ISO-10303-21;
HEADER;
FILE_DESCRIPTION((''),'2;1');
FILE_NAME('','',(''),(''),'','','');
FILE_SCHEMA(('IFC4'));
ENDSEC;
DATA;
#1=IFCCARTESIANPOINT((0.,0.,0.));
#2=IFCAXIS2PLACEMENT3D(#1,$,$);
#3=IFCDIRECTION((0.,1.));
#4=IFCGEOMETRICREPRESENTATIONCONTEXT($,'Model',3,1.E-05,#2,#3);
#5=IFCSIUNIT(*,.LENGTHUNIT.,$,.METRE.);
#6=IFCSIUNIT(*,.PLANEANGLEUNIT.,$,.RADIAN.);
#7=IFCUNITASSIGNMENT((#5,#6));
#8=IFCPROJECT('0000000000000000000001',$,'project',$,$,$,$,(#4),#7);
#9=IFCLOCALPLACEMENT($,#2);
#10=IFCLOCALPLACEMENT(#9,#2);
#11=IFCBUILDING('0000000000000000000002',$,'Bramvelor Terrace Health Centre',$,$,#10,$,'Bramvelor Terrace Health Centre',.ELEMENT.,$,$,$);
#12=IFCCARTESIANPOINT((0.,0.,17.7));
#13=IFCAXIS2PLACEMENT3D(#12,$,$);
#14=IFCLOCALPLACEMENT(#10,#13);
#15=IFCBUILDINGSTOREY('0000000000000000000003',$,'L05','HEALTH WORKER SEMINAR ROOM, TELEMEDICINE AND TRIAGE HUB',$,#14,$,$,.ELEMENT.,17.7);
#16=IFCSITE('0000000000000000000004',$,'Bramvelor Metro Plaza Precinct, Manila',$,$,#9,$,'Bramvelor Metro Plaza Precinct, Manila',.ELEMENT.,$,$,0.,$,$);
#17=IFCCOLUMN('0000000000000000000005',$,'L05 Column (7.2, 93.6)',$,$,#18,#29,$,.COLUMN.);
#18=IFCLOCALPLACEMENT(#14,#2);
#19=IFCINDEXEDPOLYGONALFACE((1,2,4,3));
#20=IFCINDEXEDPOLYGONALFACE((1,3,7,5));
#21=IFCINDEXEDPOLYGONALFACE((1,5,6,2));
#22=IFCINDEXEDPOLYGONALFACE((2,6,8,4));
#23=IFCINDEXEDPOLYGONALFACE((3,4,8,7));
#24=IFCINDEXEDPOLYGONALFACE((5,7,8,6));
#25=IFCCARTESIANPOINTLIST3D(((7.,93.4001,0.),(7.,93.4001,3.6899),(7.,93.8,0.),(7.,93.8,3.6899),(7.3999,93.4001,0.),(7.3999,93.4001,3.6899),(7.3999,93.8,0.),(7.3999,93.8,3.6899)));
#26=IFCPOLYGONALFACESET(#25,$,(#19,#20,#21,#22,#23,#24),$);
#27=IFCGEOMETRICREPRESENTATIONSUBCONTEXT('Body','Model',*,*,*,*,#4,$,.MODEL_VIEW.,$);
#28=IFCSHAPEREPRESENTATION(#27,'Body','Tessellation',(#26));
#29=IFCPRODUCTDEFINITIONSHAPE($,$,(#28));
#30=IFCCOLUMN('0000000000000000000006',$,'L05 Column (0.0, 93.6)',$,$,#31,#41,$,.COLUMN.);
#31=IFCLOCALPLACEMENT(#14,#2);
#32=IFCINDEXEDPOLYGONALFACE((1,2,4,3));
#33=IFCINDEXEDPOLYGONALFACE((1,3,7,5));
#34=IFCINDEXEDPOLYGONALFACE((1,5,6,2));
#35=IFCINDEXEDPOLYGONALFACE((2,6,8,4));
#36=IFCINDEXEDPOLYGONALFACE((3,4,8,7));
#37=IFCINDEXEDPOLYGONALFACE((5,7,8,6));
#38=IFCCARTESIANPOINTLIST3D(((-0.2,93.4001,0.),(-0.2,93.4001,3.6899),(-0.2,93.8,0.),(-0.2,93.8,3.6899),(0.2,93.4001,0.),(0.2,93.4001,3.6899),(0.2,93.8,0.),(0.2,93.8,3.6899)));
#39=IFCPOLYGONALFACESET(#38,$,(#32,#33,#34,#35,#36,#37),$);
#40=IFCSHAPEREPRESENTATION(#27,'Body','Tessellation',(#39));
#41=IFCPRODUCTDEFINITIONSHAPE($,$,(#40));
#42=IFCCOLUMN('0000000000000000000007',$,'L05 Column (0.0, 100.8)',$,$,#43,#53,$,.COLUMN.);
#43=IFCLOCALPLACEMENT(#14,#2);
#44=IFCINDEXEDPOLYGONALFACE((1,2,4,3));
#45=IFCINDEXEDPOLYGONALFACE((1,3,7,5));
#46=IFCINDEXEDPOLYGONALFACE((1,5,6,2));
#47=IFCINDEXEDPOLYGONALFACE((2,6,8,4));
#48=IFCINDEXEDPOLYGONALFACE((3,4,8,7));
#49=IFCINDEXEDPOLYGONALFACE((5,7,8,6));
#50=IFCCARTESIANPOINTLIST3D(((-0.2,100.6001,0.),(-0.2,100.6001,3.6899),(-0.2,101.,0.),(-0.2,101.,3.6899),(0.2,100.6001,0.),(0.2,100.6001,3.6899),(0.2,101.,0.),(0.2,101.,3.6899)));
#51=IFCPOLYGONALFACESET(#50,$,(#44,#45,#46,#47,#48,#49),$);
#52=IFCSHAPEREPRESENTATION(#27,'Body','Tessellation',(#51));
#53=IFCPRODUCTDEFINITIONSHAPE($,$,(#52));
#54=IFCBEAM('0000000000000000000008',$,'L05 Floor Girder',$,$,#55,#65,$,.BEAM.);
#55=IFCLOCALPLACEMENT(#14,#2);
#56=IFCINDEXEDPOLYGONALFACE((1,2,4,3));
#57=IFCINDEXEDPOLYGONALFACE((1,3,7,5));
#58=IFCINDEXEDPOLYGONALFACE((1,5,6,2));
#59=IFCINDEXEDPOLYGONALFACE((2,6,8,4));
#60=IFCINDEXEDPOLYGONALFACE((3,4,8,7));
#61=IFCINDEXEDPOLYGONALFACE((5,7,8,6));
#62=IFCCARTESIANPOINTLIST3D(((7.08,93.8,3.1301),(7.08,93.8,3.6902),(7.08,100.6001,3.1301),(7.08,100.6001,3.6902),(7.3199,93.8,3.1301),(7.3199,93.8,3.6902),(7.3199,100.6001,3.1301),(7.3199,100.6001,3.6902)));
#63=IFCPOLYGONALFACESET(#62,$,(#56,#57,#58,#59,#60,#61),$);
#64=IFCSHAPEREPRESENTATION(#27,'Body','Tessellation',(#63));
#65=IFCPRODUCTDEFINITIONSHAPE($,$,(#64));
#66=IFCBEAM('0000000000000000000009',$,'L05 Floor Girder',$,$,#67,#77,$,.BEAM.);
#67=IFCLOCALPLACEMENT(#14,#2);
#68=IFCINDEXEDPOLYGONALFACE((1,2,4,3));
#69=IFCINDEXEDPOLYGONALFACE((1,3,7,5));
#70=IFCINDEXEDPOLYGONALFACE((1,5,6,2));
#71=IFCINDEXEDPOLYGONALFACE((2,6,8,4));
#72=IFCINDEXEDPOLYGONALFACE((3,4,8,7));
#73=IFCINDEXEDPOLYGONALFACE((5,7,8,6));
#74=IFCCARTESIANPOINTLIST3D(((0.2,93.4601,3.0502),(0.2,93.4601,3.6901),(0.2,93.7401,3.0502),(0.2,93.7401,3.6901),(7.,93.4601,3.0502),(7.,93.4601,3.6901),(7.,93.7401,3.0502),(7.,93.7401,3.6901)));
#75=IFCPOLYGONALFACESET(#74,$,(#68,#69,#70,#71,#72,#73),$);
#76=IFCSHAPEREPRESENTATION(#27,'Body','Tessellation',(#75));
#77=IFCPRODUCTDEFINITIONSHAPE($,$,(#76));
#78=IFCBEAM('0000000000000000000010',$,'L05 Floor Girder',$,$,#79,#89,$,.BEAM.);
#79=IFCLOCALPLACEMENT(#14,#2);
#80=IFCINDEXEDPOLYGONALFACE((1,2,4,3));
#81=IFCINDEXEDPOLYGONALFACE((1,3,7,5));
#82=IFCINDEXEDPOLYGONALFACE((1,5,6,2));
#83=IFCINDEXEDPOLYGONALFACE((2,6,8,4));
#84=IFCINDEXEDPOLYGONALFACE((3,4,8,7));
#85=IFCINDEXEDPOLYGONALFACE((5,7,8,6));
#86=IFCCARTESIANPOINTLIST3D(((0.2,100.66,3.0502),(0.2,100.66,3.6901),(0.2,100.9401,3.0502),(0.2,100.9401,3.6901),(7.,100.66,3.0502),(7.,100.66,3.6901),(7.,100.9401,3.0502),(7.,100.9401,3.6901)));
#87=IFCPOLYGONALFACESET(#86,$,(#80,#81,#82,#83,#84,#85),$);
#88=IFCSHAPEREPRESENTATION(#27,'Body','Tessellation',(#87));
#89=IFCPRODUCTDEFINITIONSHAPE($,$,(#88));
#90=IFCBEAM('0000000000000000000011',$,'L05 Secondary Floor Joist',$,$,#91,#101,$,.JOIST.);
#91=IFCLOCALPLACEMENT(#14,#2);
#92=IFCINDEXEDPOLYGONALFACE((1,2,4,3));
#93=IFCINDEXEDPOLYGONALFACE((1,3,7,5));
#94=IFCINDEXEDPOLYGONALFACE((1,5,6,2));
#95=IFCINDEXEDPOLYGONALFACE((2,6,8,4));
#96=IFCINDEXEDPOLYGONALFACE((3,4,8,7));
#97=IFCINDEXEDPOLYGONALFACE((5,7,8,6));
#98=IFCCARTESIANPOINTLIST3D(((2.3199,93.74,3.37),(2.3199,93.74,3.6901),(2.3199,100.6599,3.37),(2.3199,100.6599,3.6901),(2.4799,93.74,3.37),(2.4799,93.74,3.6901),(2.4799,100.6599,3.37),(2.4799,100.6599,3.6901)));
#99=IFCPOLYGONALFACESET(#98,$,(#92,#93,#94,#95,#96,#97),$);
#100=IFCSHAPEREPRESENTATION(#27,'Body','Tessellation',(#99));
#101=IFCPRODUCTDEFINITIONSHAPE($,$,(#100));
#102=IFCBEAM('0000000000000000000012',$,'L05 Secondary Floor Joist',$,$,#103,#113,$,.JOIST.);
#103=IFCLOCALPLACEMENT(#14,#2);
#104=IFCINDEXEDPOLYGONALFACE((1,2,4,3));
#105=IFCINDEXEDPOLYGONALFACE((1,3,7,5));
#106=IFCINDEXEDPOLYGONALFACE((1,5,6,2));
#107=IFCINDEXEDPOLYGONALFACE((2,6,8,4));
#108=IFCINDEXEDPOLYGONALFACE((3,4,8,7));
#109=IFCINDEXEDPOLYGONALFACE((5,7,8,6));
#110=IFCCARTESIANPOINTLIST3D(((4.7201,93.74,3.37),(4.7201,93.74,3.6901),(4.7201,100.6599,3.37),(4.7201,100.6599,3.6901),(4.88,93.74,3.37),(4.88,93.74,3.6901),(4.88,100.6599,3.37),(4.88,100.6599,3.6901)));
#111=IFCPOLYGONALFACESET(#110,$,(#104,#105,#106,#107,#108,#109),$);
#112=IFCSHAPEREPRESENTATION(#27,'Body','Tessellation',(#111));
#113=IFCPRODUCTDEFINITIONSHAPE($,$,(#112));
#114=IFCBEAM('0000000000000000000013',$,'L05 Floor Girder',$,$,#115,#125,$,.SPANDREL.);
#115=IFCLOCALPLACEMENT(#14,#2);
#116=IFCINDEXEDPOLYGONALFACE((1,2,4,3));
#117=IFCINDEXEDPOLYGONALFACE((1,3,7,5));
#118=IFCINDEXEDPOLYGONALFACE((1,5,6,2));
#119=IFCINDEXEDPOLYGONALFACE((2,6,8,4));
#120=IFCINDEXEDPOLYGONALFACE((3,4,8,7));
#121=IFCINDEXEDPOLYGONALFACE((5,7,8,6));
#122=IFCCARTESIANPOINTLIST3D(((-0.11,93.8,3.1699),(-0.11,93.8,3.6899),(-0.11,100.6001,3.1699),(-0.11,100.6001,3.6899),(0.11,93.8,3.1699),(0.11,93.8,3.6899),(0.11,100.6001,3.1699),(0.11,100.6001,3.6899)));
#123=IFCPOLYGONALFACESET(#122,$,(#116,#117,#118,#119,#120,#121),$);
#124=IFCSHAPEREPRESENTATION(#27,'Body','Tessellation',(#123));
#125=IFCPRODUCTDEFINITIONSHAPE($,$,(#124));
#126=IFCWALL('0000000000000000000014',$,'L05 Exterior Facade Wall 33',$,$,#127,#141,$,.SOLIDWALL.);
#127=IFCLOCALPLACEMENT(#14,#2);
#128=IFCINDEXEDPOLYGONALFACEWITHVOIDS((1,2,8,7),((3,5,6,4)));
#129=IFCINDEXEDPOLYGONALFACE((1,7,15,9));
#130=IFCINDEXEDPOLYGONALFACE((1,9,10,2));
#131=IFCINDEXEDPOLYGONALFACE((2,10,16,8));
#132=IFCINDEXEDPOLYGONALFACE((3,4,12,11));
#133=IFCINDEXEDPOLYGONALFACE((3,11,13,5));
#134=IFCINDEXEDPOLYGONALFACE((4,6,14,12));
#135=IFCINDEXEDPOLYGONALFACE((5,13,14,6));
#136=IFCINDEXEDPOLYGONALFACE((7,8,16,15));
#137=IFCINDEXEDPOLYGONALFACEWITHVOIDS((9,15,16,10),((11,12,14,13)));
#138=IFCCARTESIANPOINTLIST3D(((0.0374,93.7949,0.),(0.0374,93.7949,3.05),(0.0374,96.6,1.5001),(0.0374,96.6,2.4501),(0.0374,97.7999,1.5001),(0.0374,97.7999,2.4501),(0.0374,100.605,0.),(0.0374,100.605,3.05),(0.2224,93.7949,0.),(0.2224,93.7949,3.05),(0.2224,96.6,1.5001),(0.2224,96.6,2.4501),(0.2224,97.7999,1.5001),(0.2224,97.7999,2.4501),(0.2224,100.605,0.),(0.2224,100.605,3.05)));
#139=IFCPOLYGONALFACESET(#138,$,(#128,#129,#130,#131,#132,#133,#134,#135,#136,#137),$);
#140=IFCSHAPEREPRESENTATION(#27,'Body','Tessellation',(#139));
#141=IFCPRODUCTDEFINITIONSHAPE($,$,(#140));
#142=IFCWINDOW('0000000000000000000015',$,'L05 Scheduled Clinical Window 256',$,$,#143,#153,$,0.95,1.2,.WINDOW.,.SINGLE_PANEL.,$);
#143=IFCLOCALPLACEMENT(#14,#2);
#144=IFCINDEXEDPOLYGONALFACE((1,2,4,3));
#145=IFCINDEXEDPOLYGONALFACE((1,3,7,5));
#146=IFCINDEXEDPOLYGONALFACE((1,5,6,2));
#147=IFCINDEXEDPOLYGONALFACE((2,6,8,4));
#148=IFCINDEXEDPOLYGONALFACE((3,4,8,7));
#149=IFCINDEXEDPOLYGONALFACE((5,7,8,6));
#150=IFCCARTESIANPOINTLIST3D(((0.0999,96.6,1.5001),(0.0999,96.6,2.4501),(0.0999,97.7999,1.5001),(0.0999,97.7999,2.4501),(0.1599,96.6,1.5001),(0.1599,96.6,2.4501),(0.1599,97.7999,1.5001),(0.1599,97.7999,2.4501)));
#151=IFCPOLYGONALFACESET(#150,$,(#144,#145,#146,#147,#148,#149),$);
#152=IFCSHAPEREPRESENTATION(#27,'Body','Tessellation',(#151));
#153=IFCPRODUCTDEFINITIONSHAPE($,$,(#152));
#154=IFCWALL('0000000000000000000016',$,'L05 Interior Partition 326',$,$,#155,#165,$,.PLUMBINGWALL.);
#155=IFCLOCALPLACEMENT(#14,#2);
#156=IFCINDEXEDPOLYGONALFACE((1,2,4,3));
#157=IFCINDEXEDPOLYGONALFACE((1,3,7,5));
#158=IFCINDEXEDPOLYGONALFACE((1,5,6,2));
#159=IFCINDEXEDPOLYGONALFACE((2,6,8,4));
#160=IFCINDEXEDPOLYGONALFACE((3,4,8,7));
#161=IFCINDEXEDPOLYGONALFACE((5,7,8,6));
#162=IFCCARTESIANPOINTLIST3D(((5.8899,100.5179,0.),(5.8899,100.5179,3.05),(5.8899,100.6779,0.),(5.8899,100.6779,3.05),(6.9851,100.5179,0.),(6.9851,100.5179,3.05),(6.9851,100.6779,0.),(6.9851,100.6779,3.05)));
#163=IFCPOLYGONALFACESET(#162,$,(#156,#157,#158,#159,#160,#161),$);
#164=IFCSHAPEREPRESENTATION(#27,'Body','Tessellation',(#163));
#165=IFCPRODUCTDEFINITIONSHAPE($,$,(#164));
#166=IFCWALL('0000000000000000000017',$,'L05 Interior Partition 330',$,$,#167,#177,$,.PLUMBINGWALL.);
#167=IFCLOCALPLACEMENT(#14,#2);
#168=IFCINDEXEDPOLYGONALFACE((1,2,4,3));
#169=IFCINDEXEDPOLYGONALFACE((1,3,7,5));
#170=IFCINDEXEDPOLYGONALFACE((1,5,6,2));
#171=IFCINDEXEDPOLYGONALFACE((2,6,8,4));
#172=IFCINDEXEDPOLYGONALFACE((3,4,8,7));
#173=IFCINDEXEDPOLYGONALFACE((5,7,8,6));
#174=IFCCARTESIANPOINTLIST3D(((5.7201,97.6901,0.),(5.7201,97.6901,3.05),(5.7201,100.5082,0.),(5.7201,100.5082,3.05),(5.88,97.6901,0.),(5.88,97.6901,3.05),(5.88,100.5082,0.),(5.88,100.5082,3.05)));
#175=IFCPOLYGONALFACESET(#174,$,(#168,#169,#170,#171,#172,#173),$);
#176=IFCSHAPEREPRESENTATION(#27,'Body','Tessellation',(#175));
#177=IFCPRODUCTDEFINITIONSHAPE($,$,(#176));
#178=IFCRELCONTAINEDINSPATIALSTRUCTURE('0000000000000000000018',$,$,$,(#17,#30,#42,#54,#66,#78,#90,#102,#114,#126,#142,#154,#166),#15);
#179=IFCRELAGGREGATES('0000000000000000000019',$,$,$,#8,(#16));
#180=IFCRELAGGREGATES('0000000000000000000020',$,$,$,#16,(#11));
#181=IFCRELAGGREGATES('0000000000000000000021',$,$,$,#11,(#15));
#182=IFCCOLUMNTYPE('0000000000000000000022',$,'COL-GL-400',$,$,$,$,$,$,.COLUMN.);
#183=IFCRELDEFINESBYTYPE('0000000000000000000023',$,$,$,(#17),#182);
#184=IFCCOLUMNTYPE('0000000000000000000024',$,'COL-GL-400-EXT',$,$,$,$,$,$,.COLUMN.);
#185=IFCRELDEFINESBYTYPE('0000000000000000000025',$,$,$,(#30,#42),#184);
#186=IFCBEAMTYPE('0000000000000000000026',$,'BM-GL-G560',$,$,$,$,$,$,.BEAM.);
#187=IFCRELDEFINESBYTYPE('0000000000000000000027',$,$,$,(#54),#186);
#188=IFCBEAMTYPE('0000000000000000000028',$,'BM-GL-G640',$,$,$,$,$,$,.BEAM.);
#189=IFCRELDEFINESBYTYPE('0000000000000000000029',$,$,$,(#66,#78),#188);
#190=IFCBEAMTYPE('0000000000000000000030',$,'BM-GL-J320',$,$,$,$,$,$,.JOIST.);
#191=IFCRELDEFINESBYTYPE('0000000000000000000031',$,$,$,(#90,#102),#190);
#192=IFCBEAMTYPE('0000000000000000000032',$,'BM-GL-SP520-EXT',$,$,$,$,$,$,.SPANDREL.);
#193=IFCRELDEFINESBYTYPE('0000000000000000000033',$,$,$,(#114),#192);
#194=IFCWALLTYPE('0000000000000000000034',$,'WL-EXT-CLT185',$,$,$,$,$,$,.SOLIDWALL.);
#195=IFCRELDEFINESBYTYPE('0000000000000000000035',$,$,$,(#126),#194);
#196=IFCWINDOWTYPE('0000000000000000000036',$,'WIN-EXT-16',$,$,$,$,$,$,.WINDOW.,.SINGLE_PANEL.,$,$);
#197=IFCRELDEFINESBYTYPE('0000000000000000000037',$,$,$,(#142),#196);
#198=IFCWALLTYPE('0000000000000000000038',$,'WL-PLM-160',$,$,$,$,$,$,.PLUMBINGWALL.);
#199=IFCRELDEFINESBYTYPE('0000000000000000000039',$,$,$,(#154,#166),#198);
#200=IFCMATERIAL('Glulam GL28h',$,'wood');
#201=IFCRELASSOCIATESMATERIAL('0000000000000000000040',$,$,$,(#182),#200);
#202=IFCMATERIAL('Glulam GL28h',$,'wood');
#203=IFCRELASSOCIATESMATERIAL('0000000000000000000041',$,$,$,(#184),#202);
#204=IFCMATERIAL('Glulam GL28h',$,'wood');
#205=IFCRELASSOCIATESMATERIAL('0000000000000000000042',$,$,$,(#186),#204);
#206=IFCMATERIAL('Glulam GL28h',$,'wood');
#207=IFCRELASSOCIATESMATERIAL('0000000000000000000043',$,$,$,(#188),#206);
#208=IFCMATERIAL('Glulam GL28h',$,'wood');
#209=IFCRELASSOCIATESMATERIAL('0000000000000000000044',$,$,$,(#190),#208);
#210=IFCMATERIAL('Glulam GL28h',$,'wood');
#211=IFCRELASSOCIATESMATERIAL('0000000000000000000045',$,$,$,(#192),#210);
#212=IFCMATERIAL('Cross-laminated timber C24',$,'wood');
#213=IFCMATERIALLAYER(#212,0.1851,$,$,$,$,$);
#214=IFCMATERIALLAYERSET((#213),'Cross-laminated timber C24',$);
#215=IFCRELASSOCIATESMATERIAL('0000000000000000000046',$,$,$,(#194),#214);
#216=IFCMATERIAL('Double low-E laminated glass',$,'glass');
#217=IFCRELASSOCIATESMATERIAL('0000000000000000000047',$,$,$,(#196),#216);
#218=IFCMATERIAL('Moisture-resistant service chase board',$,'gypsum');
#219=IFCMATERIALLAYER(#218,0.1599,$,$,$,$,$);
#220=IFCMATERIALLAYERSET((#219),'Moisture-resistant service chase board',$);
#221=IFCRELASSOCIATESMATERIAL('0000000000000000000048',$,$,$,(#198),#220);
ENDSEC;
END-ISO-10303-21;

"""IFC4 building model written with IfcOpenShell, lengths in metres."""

from ifc_helpers import new_model, si_unit, direction, frame, frame_2d, origin, origin_2d, place, context, subcontext, project, spatial, rectangle, extrude, material, layer, layer_set, material_profile, profile_set, type_object, element, fill, save


model = new_model("IFC4")

# Units and contexts
model_context = context("Model", 3, precision=1e-05, world=origin(), true_north=direction((0.0, 1.0)))
body_context = subcontext(model_context, "Body", "Model", "MODEL_VIEW")
ifc_project = project(units=[si_unit("LENGTHUNIT", "METRE"), si_unit("PLANEANGLEUNIT", "RADIAN")], contexts=[model_context])

# Site, building, storey
site_placement = place(None, origin())
site = spatial("IfcSite", under=ifc_project, at=site_placement, Name="Bramvelor Metro Plaza Precinct, Manila", LongName="Bramvelor Metro Plaza Precinct, Manila", CompositionType="ELEMENT", RefElevation=0.0)
building_placement = place(site_placement, origin())
building = spatial("IfcBuilding", under=site, at=building_placement, Name="Bramvelor Terrace Health Centre", LongName="Bramvelor Terrace Health Centre", CompositionType="ELEMENT")
storey_placement = place(building_placement, frame((0.0, 0.0, 17.7)))
storey = spatial("IfcBuildingStorey", under=building, at=storey_placement, Name="L05", Description="HEALTH WORKER SEMINAR ROOM, TELEMEDICINE AND TRIAGE HUB", CompositionType="ELEMENT", Elevation=17.7)

# Columns
ifc_material_1 = material(Name="Glulam GL28h", Category="wood")
ifc_material_profile_1 = material_profile(ifc_material_1, rectangle(XDim=0.3999, YDim=0.3999, at=origin_2d()), Name="GL 400x400")
ifc_profile_set_1 = profile_set([ifc_material_profile_1], Name="Glulam GL28h")
column_type_1 = type_object("IfcColumnType", Name="COL-GL-400", PredefinedType="COLUMN", material=ifc_profile_set_1)
column_placement = place(storey_placement, frame((7.2, 93.6001, 0.0), z_axis=(0.0, 0.0, 1.0), x_axis=(1.0, 0.0, 0.0)))
element("IfcColumn", 1, at=column_placement, inside=storey, type_object=column_type_1, Name="L05 Column (7.2, 93.6)", PredefinedType="COLUMN", context=body_context, shape_type="SweptSolid", body=[
    extrude(rectangle(XDim=0.3999, YDim=0.3999, at=origin_2d()), origin(), (0.0, 0.0, 1.0), 3.6899),
])
ifc_material_2 = material(Name="Glulam GL28h", Category="wood")
ifc_material_profile_2 = material_profile(ifc_material_2, rectangle(XDim=0.3999, YDim=0.3999, at=origin_2d()), Name="GL 400x400")
ifc_profile_set_2 = profile_set([ifc_material_profile_2], Name="Glulam GL28h")
column_type_2 = type_object("IfcColumnType", Name="COL-GL-400-EXT", PredefinedType="COLUMN", material=ifc_profile_set_2)
for number, where, z_axis, x_axis, name in (
    (2, (0.0, 93.6001, 0.0), (0.0, 0.0, 1.0), (1.0, 0.0, 0.0), "L05 Column (0.0, 93.6)"),
    (3, (0.0, 100.8, 0.0), (0.0, 0.0, 1.0), (1.0, 0.0, 0.0), "L05 Column (0.0, 100.8)"),
):
    element("IfcColumn", number, at=place(storey_placement, frame(where, z_axis=z_axis, x_axis=x_axis)), inside=storey, type_object=column_type_2, Name=name, PredefinedType="COLUMN", context=body_context, shape_type="SweptSolid", body=[
        extrude(rectangle(XDim=0.3999, YDim=0.3999, at=origin_2d()), origin(), (0.0, 0.0, 1.0), 3.6899),
    ])

# Beams
ifc_material_3 = material(Name="Glulam GL28h", Category="wood")
ifc_material_profile_3 = material_profile(ifc_material_3, rectangle(XDim=0.24, YDim=0.5601, at=origin_2d()), Name="GL 240x560")
ifc_profile_set_3 = profile_set([ifc_material_profile_3], Name="Glulam GL28h")
beam_type_1 = type_object("IfcBeamType", Name="BM-GL-G560", PredefinedType="BEAM", material=ifc_profile_set_3)
beam_1_placement = place(storey_placement, frame((7.2, 93.8, 3.4102), z_axis=(0.0, 1.0, 0.0), x_axis=(-1.0, 0.0, 0.0)))
element("IfcBeam", 4, at=beam_1_placement, inside=storey, type_object=beam_type_1, Name="L05 Floor Girder", PredefinedType="BEAM", context=body_context, shape_type="SweptSolid", body=[
    extrude(rectangle(XDim=0.24, YDim=0.5601, at=origin_2d()), origin(), (0.0, 0.0, 1.0), 6.8),
])
ifc_material_4 = material(Name="Glulam GL28h", Category="wood")
ifc_material_profile_4 = material_profile(ifc_material_4, rectangle(XDim=0.28, YDim=0.6399, at=origin_2d()), Name="GL 280x640")
ifc_profile_set_4 = profile_set([ifc_material_profile_4], Name="Glulam GL28h")
beam_type_2 = type_object("IfcBeamType", Name="BM-GL-G640", PredefinedType="BEAM", material=ifc_profile_set_4)
for number, where, z_axis, x_axis, name in (
    (5, (0.2, 93.6001, 3.3701), (1.0, 0.0, 0.0), (0.0, 1.0, 0.0), "L05 Floor Girder"),
    (6, (0.2, 100.8, 3.3701), (1.0, 0.0, 0.0), (0.0, 1.0, 0.0), "L05 Floor Girder"),
):
    element("IfcBeam", number, at=place(storey_placement, frame(where, z_axis=z_axis, x_axis=x_axis)), inside=storey, type_object=beam_type_2, Name=name, PredefinedType="BEAM", context=body_context, shape_type="SweptSolid", body=[
        extrude(rectangle(XDim=0.28, YDim=0.6399, at=origin_2d()), origin(), (0.0, 0.0, 1.0), 6.8),
    ])
ifc_material_5 = material(Name="Glulam GL28h", Category="wood")
ifc_material_profile_5 = material_profile(ifc_material_5, rectangle(XDim=0.1599, YDim=0.3201, at=origin_2d()), Name="GL 160x320")
ifc_profile_set_5 = profile_set([ifc_material_profile_5], Name="Glulam GL28h")
beam_type_3 = type_object("IfcBeamType", Name="BM-GL-J320", PredefinedType="JOIST", material=ifc_profile_set_5)
for number, where, z_axis, x_axis, name in (
    (7, (2.3999, 93.74, 3.53), (0.0, 1.0, 0.0), (-1.0, 0.0, 0.0), "L05 Secondary Floor Joist"),
    (8, (4.8, 93.74, 3.53), (0.0, 1.0, 0.0), (-1.0, 0.0, 0.0), "L05 Secondary Floor Joist"),
):
    element("IfcBeam", number, at=place(storey_placement, frame(where, z_axis=z_axis, x_axis=x_axis)), inside=storey, type_object=beam_type_3, Name=name, PredefinedType="JOIST", context=body_context, shape_type="SweptSolid", body=[
        extrude(rectangle(XDim=0.1599, YDim=0.3201, at=origin_2d()), origin(), (0.0, 0.0, 1.0), 6.9199),
    ])
ifc_material_6 = material(Name="Glulam GL28h", Category="wood")
ifc_material_profile_6 = material_profile(ifc_material_6, rectangle(XDim=0.22, YDim=0.52, at=origin_2d()), Name="GL 220x520")
ifc_profile_set_6 = profile_set([ifc_material_profile_6], Name="Glulam GL28h")
beam_type_4 = type_object("IfcBeamType", Name="BM-GL-SP520-EXT", PredefinedType="SPANDREL", material=ifc_profile_set_6)
beam_2_placement = place(storey_placement, frame((0.0, 93.8, 3.4299), z_axis=(0.0, 1.0, 0.0), x_axis=(-1.0, 0.0, 0.0)))
element("IfcBeam", 9, at=beam_2_placement, inside=storey, type_object=beam_type_4, Name="L05 Floor Girder", PredefinedType="SPANDREL", context=body_context, shape_type="SweptSolid", body=[
    extrude(rectangle(XDim=0.22, YDim=0.52, at=origin_2d()), origin(), (0.0, 0.0, 1.0), 6.8),
])

# Wall, opening, window
ifc_material_7 = material(Name="Cross-laminated timber C24", Category="wood")
ifc_layer_1 = layer(ifc_material_7, 0.1851)
ifc_layer_set_1 = layer_set([ifc_layer_1], Name="Cross-laminated timber C24")
wall_type_1 = type_object("IfcWallType", Name="WL-EXT-CLT185", PredefinedType="SOLIDWALL", material=ifc_layer_set_1)
wall_1_placement = place(storey_placement, frame((0.1299, 93.7949, 0.0), z_axis=(0.0, 0.0, 1.0), x_axis=(0.0, 1.0, 0.0)))
wall_1 = element("IfcWall", 10, at=wall_1_placement, inside=storey, type_object=wall_type_1, Name="L05 Exterior Facade Wall 33", PredefinedType="SOLIDWALL", context=body_context, shape_type="SweptSolid", body=[
    extrude(rectangle(XDim=6.8101, YDim=0.1851, at=frame_2d((3.405, 0.0))), origin(), (0.0, 0.0, 1.0), 3.05),
])
opening_placement = place(wall_1_placement, frame((2.8049, 0.0, 1.5)))
opening = element("IfcOpeningElement", 11, at=opening_placement, cuts=wall_1, PredefinedType="OPENING", context=body_context, shape_type="SweptSolid", body=[
    extrude(rectangle(XDim=1.2, YDim=0.95, at=frame_2d((0.6001, 0.4751))), frame((0.0, 0.1025, 0.0), z_axis=(0.0, -1.0, 0.0), x_axis=(1.0, 0.0, 0.0)), (0.0, 0.0, 1.0), 0.2051),
])
ifc_material_8 = material(Name="Double low-E laminated glass", Category="glass")
window_type = type_object("IfcWindowType", Name="WIN-EXT-16", PartitioningType="SINGLE_PANEL", PredefinedType="WINDOW", material=ifc_material_8)
window_placement = place(opening_placement, origin())
window = element("IfcWindow", 12, at=window_placement, inside=storey, type_object=window_type, Name="L05 Scheduled Clinical Window 256", OverallHeight=0.95, OverallWidth=1.2, PartitioningType="SINGLE_PANEL", PredefinedType="WINDOW", context=body_context, shape_type="SweptSolid", body=[
    extrude(rectangle(XDim=1.2, YDim=0.95, at=frame_2d((0.6001, 0.4751))), frame((0.0, 0.03, 0.0), z_axis=(0.0, -1.0, 0.0), x_axis=(1.0, 0.0, 0.0)), (0.0, 0.0, 1.0), 0.0601),
])
fill(opening, window)

# Walls
ifc_material_9 = material(Name="Moisture-resistant service chase board", Category="gypsum")
ifc_layer_2 = layer(ifc_material_9, 0.1599)
ifc_layer_set_2 = layer_set([ifc_layer_2], Name="Moisture-resistant service chase board")
wall_type_2 = type_object("IfcWallType", Name="WL-PLM-160", PredefinedType="PLUMBINGWALL", material=ifc_layer_set_2)
wall_2_placement = place(storey_placement, frame((5.8899, 100.5979, 0.0), z_axis=(0.0, 0.0, 1.0), x_axis=(1.0, 0.0, 0.0)))
element("IfcWall", 13, at=wall_2_placement, inside=storey, type_object=wall_type_2, Name="L05 Interior Partition 326", PredefinedType="PLUMBINGWALL", context=body_context, shape_type="SweptSolid", body=[
    extrude(rectangle(XDim=1.0952, YDim=0.1599, at=frame_2d((0.5476, 0.0))), origin(), (0.0, 0.0, 1.0), 3.05),
])
wall_3_placement = place(storey_placement, frame((5.8, 97.6899, 0.0), z_axis=(0.0, 0.0, 1.0), x_axis=(0.0, 1.0, 0.0)))
element("IfcWall", 14, at=wall_3_placement, inside=storey, type_object=wall_type_2, Name="L05 Interior Partition 330", PredefinedType="PLUMBINGWALL", context=body_context, shape_type="SweptSolid", body=[
    extrude(rectangle(XDim=2.8181, YDim=0.1599, at=frame_2d((1.4092, 0.0))), origin(), (0.0, 0.0, 1.0), 3.05),
])

save(model, "model.ifc")
